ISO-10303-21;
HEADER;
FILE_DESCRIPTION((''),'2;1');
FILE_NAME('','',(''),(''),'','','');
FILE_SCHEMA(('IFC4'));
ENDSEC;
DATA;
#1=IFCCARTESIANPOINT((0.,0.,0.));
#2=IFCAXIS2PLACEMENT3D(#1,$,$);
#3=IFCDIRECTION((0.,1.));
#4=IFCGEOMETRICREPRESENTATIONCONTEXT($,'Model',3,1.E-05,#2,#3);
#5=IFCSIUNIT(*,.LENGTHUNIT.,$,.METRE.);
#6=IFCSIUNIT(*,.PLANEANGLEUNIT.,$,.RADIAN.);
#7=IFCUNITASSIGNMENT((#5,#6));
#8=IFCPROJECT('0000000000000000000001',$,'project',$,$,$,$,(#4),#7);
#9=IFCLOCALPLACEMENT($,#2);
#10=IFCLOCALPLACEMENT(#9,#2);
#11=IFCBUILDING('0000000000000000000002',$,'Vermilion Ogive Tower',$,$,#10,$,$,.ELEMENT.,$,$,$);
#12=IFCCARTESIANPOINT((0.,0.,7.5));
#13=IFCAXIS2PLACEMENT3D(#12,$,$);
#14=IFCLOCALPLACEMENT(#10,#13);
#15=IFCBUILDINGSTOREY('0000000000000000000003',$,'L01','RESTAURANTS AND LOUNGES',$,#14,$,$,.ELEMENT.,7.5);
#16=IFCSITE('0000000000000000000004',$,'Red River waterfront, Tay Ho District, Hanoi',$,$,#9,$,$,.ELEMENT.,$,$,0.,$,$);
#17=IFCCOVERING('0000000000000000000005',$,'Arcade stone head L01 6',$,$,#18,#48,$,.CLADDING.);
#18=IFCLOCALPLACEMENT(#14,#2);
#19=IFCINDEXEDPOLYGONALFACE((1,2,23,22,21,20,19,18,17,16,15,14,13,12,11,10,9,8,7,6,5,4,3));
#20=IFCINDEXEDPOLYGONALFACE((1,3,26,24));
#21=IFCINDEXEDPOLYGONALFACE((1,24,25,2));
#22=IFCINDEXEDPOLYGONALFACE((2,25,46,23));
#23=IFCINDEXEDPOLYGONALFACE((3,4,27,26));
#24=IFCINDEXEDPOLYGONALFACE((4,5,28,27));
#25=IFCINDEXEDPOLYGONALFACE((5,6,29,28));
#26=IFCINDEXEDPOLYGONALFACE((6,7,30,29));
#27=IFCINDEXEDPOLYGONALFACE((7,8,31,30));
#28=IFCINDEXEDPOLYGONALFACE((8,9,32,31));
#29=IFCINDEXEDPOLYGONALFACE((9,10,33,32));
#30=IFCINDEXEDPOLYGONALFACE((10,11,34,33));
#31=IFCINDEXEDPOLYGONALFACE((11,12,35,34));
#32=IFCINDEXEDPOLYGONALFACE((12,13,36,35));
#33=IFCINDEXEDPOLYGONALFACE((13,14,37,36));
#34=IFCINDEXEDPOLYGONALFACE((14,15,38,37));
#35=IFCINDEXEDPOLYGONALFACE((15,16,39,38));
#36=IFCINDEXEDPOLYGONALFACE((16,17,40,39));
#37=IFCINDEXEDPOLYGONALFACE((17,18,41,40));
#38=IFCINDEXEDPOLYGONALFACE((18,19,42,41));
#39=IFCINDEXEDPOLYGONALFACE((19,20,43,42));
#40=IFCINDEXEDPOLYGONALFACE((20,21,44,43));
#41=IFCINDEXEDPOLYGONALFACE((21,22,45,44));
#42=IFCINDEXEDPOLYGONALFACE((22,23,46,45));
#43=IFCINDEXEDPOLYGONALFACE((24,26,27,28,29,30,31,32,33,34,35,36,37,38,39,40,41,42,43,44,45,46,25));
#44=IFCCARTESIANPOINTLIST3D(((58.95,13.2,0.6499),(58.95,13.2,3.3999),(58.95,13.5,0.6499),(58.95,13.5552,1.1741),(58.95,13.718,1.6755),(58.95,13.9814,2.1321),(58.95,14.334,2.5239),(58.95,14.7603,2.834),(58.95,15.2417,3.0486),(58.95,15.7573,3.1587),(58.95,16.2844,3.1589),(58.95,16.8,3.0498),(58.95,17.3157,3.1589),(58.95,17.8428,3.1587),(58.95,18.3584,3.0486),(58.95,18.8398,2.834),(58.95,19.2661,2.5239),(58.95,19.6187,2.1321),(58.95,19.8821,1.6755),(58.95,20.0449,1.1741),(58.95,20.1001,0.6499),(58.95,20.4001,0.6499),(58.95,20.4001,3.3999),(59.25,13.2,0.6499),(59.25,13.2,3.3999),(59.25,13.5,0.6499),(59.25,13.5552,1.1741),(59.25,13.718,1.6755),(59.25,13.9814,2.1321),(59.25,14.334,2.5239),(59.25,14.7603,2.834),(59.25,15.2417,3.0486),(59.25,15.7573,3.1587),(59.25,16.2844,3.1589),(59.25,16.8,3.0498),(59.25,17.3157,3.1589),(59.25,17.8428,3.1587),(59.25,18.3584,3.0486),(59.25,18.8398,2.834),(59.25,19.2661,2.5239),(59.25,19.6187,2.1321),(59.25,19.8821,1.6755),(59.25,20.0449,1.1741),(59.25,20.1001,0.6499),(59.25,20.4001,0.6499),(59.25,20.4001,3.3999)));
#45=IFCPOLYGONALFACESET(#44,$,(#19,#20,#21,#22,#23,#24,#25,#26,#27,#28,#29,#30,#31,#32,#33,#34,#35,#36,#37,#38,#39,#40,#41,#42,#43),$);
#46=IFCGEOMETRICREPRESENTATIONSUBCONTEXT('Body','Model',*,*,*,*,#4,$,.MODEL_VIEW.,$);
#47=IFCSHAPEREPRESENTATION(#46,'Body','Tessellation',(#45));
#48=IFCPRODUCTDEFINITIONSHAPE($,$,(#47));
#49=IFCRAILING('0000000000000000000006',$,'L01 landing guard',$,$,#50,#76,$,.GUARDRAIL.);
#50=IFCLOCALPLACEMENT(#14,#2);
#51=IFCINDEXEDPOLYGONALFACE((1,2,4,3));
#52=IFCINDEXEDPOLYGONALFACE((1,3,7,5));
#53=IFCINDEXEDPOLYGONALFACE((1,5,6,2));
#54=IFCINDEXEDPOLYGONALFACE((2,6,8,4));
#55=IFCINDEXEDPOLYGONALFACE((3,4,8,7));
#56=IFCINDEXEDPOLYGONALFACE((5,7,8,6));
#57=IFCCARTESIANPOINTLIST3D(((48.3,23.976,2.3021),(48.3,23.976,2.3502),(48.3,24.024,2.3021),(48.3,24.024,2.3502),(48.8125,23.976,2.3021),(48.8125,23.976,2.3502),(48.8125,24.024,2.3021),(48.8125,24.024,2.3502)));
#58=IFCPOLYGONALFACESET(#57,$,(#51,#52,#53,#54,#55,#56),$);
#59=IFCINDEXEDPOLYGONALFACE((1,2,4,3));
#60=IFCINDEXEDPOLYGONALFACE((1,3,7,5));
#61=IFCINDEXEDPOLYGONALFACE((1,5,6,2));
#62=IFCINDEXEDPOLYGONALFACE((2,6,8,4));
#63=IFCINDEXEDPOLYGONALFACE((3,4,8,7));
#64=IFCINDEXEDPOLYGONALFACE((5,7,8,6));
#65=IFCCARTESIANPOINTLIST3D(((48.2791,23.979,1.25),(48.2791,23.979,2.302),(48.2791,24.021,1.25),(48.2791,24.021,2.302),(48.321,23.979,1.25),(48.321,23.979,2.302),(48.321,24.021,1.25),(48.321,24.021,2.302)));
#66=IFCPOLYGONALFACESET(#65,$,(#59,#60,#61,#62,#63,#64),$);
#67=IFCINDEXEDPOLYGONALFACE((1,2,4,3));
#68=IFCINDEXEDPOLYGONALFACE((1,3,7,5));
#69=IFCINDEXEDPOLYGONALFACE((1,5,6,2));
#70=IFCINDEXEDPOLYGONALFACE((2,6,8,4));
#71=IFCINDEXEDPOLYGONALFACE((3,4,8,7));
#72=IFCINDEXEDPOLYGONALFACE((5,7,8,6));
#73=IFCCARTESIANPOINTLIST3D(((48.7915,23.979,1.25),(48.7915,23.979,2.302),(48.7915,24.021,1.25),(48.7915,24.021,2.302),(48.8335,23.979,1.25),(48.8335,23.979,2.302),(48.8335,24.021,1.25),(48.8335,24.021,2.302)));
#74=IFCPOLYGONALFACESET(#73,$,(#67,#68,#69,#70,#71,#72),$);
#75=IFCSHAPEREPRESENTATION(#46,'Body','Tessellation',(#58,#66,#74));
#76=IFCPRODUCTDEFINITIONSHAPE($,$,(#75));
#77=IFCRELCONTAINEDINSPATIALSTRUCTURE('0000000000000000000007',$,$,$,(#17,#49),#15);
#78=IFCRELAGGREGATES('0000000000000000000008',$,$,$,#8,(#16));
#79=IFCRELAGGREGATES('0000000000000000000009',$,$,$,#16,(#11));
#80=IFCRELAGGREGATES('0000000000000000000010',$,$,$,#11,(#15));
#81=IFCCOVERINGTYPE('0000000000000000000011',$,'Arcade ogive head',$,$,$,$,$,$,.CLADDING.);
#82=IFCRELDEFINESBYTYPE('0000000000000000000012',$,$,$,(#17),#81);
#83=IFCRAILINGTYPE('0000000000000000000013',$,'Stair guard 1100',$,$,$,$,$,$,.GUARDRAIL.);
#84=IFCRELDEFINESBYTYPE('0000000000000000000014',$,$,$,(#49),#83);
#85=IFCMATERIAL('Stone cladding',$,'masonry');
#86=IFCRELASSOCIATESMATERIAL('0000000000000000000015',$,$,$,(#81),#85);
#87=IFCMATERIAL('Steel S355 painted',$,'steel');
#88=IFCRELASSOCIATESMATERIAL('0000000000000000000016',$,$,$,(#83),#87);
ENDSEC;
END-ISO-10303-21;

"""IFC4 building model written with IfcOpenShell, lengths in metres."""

from ifc_helpers import new_model, si_unit, direction, frame, origin, origin_2d, place, context, subcontext, project, spatial, polyline, rectangle, outline, extrude, material, type_object, element, save


model = new_model("IFC4")

# Units and contexts
model_context = context("Model", 3, precision=1e-05, world=origin(), true_north=direction((0.0, 1.0)))
body_context = subcontext(model_context, "Body", "Model", "MODEL_VIEW")
ifc_project = project(units=[si_unit("LENGTHUNIT", "METRE"), si_unit("PLANEANGLEUNIT", "RADIAN")], contexts=[model_context])

# Site, building, storey
site_placement = place(None, origin())
site = spatial("IfcSite", under=ifc_project, at=site_placement, Name="Red River waterfront, Tay Ho District, Hanoi", CompositionType="ELEMENT", RefElevation=0.0)
building_placement = place(site_placement, origin())
building = spatial("IfcBuilding", under=site, at=building_placement, Name="Vermilion Ogive Tower", CompositionType="ELEMENT")
storey_placement = place(building_placement, frame((0.0, 0.0, 7.5)))
storey = spatial("IfcBuildingStorey", under=building, at=storey_placement, Name="L01", Description="RESTAURANTS AND LOUNGES", CompositionType="ELEMENT", Elevation=7.5)

# Covering
ifc_material_1 = material(Name="Stone cladding", Category="masonry")
covering_type = type_object("IfcCoveringType", Name="Arcade ogive head", PredefinedType="CLADDING", material=ifc_material_1)
covering_placement = place(storey_placement, frame((58.95, 16.8, 3.3999), z_axis=(1.0, 0.0, 0.0), x_axis=(0.0, 1.0, 0.0)))
element("IfcCovering", 1, at=covering_placement, inside=storey, type_object=covering_type, Name="Arcade stone head L01 6", PredefinedType="CLADDING", context=body_context, shape_type="SweptSolid", body=[
    extrude(outline(polyline([(-3.3, -2.75), (-3.2449, -2.2258), (-3.082, -1.7244), (-2.8186, -1.2678), (-2.4661, -0.876), (-2.0398, -0.5659), (-1.5583, -0.3513), (-1.0427, -0.2412), (-0.5156, -0.241), (0.0, -0.3501), (0.5156, -0.241), (1.0427, -0.2412), (1.5583, -0.3513), (2.0398, -0.5659), (2.4661, -0.876), (2.8186, -1.2678), (3.082, -1.7244), (3.2449, -2.2258), (3.3, -2.75), (3.6001, -2.75), (3.6001, 0.0), (-3.6001, 0.0), (-3.6001, -2.75), (-3.3, -2.75)])), origin(), (0.0, 0.0, 1.0), 0.3),
])

# Railing
ifc_material_2 = material(Name="Steel S355 painted", Category="steel")
railing_type = type_object("IfcRailingType", Name="Stair guard 1100", PredefinedType="GUARDRAIL", material=ifc_material_2)
railing_placement = place(storey_placement, frame((48.3, 24.0, 1.25)))
element("IfcRailing", 2, at=railing_placement, inside=storey, type_object=railing_type, Name="L01 landing guard", PredefinedType="GUARDRAIL", context=body_context, shape_type="SweptSolid", body=[
    extrude(rectangle(XDim=0.0481, YDim=0.0481, at=origin_2d()), frame((0.0, 0.0, 1.0762), z_axis=(1.0, 0.0, 0.0), x_axis=(0.0, 1.0, 0.0)), (0.0, 0.0, 1.0), 0.5125),
    extrude(rectangle(XDim=0.042, YDim=0.042, at=origin_2d()), origin(), (0.0, 0.0, 1.0), 1.052),
    extrude(rectangle(XDim=0.042, YDim=0.042, at=origin_2d()), frame((0.5125, 0.0, 0.0)), (0.0, 0.0, 1.0), 1.052),
])

save(model, "model.ifc")
